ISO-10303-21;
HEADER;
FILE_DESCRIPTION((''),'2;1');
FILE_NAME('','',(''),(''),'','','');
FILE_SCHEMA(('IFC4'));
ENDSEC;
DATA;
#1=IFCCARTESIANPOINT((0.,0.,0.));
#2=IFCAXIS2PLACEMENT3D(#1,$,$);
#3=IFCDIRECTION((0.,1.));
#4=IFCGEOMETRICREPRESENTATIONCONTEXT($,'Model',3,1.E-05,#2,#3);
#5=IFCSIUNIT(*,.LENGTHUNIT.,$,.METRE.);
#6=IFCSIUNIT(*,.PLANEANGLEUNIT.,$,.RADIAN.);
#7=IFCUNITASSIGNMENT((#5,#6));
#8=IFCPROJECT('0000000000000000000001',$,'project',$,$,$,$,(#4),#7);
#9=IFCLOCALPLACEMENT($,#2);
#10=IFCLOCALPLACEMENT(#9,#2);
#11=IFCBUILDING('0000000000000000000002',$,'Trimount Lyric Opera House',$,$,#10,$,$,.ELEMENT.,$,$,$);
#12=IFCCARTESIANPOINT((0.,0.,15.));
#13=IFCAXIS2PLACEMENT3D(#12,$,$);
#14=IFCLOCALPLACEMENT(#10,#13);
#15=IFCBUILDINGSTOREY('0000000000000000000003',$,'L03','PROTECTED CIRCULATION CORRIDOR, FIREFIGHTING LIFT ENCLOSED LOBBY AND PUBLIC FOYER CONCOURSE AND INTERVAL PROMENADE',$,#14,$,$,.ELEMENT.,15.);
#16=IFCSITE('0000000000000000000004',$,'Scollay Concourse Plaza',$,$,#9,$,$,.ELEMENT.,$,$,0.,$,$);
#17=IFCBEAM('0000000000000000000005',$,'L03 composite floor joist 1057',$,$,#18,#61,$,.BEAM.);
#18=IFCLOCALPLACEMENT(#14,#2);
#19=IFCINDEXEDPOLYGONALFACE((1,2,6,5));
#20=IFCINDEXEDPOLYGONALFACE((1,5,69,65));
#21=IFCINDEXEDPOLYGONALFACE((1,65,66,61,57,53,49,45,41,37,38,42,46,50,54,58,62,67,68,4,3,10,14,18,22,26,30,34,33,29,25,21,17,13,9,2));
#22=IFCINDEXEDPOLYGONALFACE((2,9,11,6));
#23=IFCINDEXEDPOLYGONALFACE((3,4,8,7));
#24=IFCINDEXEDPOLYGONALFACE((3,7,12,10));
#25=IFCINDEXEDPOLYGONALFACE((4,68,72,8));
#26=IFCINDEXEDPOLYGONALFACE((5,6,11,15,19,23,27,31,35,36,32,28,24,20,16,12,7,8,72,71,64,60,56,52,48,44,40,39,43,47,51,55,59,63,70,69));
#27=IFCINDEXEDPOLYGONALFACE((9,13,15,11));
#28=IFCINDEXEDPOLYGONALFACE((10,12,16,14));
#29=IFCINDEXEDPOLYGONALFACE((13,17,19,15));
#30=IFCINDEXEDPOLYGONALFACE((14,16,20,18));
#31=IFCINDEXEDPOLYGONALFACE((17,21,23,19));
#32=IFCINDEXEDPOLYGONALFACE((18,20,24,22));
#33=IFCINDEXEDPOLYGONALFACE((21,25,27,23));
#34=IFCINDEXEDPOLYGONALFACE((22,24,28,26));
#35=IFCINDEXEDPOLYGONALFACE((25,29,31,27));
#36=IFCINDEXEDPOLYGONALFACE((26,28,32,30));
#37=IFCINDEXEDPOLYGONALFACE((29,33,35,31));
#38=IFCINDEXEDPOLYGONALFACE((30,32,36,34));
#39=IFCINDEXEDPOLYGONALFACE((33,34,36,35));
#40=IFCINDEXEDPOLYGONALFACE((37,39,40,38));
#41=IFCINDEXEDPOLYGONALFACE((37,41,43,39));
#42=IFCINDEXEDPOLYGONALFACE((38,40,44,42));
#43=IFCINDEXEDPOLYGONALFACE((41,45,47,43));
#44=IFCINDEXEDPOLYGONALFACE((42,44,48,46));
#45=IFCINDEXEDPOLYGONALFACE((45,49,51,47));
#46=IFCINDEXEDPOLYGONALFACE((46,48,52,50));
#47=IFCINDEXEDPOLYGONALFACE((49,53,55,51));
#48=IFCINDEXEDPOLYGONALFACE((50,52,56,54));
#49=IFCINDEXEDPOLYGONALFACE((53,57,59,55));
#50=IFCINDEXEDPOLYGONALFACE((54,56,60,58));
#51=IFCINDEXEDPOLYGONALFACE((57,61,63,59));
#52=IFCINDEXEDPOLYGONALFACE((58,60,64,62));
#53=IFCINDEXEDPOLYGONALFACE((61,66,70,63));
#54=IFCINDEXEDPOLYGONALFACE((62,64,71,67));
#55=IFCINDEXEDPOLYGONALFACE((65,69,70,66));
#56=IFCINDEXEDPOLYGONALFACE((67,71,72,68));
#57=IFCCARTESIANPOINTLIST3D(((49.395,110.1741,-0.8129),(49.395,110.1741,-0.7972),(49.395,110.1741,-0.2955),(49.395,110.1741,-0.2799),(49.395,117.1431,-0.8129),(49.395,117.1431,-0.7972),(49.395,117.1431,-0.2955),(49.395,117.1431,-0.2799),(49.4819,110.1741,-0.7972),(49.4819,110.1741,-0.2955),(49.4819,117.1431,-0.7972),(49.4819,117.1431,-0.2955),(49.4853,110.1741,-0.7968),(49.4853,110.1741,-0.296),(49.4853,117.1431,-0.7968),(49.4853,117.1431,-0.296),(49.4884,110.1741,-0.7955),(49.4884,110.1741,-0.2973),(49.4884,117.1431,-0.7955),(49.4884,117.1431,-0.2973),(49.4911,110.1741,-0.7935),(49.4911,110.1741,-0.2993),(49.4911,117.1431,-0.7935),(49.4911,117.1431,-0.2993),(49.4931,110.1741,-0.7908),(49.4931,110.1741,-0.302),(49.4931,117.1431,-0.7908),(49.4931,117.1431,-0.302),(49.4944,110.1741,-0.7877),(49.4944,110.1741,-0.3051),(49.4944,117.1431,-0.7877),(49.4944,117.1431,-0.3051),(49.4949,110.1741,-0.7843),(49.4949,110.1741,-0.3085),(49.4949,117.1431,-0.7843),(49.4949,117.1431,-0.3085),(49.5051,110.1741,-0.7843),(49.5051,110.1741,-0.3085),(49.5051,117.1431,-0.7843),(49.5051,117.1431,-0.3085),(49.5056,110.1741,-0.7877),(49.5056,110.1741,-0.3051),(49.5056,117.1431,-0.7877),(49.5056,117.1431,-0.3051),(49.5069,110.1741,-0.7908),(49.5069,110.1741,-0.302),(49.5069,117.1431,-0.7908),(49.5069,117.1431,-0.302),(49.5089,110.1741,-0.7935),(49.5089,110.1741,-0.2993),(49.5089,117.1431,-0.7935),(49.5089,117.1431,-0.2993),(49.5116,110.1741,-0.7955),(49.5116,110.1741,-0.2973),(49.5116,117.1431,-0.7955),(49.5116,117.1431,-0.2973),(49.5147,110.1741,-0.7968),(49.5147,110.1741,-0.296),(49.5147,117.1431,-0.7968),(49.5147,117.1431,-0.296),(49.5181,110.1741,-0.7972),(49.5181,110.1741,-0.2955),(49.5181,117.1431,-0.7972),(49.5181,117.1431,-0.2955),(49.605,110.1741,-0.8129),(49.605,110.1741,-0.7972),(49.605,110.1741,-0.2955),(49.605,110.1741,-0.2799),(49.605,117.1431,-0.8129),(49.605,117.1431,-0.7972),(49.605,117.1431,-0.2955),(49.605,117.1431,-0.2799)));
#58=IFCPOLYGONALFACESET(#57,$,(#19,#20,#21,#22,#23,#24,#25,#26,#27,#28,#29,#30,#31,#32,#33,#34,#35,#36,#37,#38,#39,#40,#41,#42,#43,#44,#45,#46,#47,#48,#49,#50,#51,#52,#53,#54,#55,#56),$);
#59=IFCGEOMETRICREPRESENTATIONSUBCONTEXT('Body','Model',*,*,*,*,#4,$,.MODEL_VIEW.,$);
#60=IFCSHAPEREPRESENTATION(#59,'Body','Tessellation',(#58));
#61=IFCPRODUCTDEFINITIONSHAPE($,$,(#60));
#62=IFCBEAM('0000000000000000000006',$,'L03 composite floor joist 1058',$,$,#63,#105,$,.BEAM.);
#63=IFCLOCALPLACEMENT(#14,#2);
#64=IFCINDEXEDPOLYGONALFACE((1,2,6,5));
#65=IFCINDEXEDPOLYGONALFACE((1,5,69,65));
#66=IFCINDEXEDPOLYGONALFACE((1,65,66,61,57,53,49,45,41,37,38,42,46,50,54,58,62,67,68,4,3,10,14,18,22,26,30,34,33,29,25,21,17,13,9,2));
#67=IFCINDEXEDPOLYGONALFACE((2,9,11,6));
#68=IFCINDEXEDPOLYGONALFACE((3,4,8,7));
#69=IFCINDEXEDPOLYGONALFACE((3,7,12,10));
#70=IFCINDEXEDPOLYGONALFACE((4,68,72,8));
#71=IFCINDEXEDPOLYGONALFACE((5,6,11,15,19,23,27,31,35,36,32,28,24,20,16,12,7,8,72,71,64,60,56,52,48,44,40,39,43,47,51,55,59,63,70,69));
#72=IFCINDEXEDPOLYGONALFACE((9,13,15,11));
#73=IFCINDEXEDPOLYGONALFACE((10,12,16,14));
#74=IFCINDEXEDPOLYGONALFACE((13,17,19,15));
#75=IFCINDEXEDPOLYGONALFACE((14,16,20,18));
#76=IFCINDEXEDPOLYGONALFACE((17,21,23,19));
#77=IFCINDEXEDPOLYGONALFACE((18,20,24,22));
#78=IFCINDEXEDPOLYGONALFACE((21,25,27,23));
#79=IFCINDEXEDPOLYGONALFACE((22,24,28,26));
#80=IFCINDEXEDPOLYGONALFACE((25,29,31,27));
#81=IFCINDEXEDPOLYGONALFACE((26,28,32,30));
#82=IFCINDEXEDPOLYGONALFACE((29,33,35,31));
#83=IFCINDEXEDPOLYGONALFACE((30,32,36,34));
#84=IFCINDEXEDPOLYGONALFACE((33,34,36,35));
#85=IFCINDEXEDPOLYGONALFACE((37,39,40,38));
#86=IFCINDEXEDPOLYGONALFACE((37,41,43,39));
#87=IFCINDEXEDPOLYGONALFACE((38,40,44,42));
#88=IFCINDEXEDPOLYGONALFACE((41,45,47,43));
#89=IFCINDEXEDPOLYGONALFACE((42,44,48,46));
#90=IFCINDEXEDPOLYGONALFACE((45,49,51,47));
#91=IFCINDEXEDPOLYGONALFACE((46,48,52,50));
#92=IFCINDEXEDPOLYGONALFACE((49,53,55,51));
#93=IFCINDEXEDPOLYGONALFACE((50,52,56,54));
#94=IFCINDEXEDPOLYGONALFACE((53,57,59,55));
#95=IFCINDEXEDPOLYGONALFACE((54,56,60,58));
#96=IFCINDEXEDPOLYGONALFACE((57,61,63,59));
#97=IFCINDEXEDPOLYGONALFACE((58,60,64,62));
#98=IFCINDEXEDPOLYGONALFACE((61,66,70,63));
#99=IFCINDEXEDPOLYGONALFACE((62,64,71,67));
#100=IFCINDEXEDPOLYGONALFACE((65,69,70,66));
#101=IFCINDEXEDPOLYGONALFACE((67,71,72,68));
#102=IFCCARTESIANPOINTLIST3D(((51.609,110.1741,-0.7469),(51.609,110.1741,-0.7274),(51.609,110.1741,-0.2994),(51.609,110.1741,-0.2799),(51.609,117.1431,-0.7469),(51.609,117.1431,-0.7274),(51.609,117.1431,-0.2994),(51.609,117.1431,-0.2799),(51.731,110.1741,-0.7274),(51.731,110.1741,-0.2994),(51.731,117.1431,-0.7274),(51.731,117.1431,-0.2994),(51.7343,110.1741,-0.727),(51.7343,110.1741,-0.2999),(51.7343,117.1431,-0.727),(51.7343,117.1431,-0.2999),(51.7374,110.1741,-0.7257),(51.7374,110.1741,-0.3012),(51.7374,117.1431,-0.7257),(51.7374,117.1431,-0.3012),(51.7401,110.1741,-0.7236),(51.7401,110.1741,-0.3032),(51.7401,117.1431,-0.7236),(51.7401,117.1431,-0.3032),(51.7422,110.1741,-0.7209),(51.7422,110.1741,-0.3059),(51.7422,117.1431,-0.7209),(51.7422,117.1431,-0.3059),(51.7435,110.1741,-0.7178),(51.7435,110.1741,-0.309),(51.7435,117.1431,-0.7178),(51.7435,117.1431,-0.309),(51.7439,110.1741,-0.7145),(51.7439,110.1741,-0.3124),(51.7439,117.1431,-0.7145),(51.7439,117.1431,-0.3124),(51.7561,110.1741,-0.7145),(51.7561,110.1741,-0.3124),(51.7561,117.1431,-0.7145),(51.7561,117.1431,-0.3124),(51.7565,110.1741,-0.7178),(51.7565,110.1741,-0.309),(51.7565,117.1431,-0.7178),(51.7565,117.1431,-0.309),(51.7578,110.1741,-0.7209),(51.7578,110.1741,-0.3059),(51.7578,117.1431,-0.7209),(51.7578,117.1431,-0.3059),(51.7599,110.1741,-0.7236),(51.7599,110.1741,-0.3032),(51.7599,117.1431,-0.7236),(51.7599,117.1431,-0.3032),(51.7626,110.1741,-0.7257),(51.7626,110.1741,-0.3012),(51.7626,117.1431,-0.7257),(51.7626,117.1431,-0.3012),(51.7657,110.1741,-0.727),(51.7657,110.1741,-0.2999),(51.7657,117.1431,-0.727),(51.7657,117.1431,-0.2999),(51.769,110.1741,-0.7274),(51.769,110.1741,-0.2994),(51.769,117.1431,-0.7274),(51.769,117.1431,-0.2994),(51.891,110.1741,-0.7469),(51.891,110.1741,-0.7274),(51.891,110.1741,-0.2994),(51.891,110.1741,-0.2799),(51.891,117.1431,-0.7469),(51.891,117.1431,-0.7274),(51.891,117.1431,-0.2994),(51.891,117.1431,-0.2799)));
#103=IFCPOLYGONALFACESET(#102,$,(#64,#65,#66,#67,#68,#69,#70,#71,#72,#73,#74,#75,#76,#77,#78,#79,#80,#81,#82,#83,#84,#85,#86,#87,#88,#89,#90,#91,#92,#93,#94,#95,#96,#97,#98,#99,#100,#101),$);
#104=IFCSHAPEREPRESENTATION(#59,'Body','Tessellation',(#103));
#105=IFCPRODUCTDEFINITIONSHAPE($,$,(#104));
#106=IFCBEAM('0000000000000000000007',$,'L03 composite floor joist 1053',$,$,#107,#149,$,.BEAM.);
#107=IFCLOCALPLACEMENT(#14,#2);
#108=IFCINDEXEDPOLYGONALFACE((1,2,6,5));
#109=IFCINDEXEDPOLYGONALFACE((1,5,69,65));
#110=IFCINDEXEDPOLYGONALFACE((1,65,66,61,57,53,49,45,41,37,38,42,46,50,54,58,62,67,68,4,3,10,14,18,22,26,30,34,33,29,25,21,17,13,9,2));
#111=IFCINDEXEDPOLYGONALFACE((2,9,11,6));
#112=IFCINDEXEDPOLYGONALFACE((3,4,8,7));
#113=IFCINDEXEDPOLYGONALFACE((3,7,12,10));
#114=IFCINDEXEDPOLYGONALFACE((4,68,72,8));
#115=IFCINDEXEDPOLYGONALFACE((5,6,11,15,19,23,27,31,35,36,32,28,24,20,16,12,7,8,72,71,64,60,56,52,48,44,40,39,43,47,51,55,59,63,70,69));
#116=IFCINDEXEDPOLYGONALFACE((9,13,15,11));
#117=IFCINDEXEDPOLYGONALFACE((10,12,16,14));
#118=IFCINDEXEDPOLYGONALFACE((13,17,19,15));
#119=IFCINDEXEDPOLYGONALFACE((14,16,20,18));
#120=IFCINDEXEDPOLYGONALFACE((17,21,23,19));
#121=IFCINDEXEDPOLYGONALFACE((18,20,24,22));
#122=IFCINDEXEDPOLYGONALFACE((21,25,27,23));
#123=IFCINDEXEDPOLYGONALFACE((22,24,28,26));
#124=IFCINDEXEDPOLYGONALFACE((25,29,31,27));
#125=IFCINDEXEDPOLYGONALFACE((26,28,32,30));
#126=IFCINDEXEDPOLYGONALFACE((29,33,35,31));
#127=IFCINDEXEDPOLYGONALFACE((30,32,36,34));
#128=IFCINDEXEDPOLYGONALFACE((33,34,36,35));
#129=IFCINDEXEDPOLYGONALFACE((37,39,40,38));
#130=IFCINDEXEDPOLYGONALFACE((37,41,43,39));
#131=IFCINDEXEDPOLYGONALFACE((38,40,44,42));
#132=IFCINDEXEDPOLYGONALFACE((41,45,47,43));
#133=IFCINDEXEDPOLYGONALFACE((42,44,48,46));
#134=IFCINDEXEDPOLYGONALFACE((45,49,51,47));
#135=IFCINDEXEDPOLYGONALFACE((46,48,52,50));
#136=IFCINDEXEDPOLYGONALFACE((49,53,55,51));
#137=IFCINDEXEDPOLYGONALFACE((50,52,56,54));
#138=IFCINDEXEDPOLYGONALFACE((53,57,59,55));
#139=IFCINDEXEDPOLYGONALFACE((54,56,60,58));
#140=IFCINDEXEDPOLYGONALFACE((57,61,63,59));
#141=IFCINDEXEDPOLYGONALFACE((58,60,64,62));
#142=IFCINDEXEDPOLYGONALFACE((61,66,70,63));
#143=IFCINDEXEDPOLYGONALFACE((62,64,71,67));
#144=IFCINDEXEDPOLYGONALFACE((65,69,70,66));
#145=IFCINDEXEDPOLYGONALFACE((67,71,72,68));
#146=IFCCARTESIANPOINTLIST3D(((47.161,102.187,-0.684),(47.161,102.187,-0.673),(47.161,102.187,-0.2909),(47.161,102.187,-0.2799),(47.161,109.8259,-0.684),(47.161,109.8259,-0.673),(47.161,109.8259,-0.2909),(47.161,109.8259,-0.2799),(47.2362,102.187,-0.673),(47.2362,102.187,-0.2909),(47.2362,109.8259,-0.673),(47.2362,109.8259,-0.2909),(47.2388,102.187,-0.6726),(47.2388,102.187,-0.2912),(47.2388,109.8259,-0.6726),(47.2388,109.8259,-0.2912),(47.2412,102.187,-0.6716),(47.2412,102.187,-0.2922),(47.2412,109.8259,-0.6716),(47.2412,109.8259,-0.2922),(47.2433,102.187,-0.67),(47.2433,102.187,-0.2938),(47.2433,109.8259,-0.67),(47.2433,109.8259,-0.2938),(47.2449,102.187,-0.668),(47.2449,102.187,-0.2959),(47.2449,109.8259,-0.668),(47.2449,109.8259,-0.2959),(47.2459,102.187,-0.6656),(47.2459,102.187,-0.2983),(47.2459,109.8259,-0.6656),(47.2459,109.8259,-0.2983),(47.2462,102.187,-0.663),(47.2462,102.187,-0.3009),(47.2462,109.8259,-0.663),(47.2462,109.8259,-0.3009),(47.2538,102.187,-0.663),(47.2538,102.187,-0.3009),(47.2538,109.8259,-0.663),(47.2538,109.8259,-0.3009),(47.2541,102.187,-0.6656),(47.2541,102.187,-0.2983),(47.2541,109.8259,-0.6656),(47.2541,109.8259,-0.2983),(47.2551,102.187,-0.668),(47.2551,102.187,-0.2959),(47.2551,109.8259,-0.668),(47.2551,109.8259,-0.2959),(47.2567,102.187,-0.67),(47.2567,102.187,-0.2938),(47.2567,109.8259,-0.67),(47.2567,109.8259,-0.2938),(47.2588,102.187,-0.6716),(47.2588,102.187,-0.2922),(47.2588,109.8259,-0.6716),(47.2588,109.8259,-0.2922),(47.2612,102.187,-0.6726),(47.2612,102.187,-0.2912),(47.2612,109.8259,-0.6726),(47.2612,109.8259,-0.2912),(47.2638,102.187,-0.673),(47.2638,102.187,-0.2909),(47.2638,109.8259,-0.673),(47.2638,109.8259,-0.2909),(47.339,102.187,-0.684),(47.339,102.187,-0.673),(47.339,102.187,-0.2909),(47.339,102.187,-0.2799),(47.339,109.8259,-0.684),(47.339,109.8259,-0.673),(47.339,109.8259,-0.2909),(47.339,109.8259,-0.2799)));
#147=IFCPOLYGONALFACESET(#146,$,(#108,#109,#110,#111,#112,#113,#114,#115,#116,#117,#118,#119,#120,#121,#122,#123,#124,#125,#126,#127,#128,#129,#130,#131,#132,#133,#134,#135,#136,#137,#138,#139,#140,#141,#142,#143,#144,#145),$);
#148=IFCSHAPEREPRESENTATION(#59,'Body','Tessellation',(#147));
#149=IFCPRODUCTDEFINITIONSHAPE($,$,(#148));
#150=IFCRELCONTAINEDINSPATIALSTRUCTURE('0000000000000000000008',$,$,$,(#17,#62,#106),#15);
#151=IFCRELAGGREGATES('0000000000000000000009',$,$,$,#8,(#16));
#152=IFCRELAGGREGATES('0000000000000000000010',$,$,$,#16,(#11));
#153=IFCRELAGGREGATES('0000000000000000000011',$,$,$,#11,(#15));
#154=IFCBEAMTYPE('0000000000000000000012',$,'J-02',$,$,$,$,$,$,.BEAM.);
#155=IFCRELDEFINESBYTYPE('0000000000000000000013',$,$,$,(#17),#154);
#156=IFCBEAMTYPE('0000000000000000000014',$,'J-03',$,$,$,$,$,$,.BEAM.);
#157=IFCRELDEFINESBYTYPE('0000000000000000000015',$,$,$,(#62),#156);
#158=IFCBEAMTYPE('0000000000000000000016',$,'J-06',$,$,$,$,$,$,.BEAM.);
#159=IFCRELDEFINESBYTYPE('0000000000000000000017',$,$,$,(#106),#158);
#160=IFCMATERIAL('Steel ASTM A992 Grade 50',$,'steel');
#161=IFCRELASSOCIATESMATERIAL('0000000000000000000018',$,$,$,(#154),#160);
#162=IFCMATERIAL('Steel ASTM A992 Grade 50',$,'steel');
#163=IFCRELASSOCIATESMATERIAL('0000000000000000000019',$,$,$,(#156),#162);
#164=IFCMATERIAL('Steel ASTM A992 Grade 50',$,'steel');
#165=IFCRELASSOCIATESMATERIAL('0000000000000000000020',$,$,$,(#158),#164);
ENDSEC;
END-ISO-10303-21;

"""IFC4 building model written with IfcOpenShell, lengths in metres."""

from ifc_helpers import new_model, si_unit, direction, frame, origin, origin_2d, place, context, subcontext, project, spatial, i_section, extrude, material, material_profile, profile_set, type_object, element, save


model = new_model("IFC4")

# Units and contexts
model_context = context("Model", 3, precision=1e-05, world=origin(), true_north=direction((0.0, 1.0)))
body_context = subcontext(model_context, "Body", "Model", "MODEL_VIEW")
ifc_project = project(units=[si_unit("LENGTHUNIT", "METRE"), si_unit("PLANEANGLEUNIT", "RADIAN")], contexts=[model_context])

# Site, building, storey
site_placement = place(None, origin())
site = spatial("IfcSite", under=ifc_project, at=site_placement, Name="Scollay Concourse Plaza", CompositionType="ELEMENT", RefElevation=0.0)
building_placement = place(site_placement, origin())
building = spatial("IfcBuilding", under=site, at=building_placement, Name="Trimount Lyric Opera House", CompositionType="ELEMENT")
storey_placement = place(building_placement, frame((0.0, 0.0, 15.0)))
storey = spatial("IfcBuildingStorey", under=building, at=storey_placement, Name="L03", Description="PROTECTED CIRCULATION CORRIDOR, FIREFIGHTING LIFT ENCLOSED LOBBY AND PUBLIC FOYER CONCOURSE AND INTERVAL PROMENADE", CompositionType="ELEMENT", Elevation=15.0)

# Beams
ifc_material_1 = material(Name="Steel ASTM A992 Grade 50", Category="steel")
ifc_material_profile_1 = material_profile(ifc_material_1, i_section(OverallWidth=0.21, OverallDepth=0.533, WebThickness=0.0103, FlangeThickness=0.0156, FilletRadius=0.0129, at=origin_2d()), Name="W21X62")
ifc_profile_set_1 = profile_set([ifc_material_profile_1], Name="Steel ASTM A992 Grade 50")
beam_type_1 = type_object("IfcBeamType", Name="J-02", PredefinedType="BEAM", material=ifc_profile_set_1)
beam_1_placement = place(storey_placement, frame((49.5, 110.1741, -0.5464), z_axis=(0.0, 1.0, 0.0), x_axis=(-1.0, 0.0, 0.0)))
element("IfcBeam", 1, at=beam_1_placement, inside=storey, type_object=beam_type_1, Name="L03 composite floor joist 1057", PredefinedType="BEAM", context=body_context, shape_type="SweptSolid", body=[
    extrude(i_section(OverallWidth=0.21, OverallDepth=0.533, WebThickness=0.0103, FlangeThickness=0.0156, FilletRadius=0.0129, at=origin_2d()), origin(), (0.0, 0.0, 1.0), 6.969),
])
ifc_material_2 = material(Name="Steel ASTM A992 Grade 50", Category="steel")
ifc_material_profile_2 = material_profile(ifc_material_2, i_section(OverallWidth=0.282, OverallDepth=0.467, WebThickness=0.0122, FlangeThickness=0.0195, FilletRadius=0.0129, at=origin_2d()), Name="W18X86")
ifc_profile_set_2 = profile_set([ifc_material_profile_2], Name="Steel ASTM A992 Grade 50")
beam_type_2 = type_object("IfcBeamType", Name="J-03", PredefinedType="BEAM", material=ifc_profile_set_2)
beam_2_placement = place(storey_placement, frame((51.75, 110.1741, -0.5134), z_axis=(0.0, 1.0, 0.0), x_axis=(-1.0, 0.0, 0.0)))
element("IfcBeam", 2, at=beam_2_placement, inside=storey, type_object=beam_type_2, Name="L03 composite floor joist 1058", PredefinedType="BEAM", context=body_context, shape_type="SweptSolid", body=[
    extrude(i_section(OverallWidth=0.282, OverallDepth=0.467, WebThickness=0.0122, FlangeThickness=0.0195, FilletRadius=0.0129, at=origin_2d()), origin(), (0.0, 0.0, 1.0), 6.969),
])
ifc_material_3 = material(Name="Steel ASTM A992 Grade 50", Category="steel")
ifc_material_profile_3 = material_profile(ifc_material_3, i_section(OverallWidth=0.178, OverallDepth=0.4041, WebThickness=0.0076, FlangeThickness=0.011, FilletRadius=0.01, at=origin_2d()), Name="W16X36")
ifc_profile_set_3 = profile_set([ifc_material_profile_3], Name="Steel ASTM A992 Grade 50")
beam_type_3 = type_object("IfcBeamType", Name="J-06", PredefinedType="BEAM", material=ifc_profile_set_3)
beam_3_placement = place(storey_placement, frame((47.25, 102.187, -0.4819), z_axis=(0.0, 1.0, 0.0), x_axis=(-1.0, 0.0, 0.0)))
element("IfcBeam", 3, at=beam_3_placement, inside=storey, type_object=beam_type_3, Name="L03 composite floor joist 1053", PredefinedType="BEAM", context=body_context, shape_type="SweptSolid", body=[
    extrude(i_section(OverallWidth=0.178, OverallDepth=0.4041, WebThickness=0.0076, FlangeThickness=0.011, FilletRadius=0.01, at=origin_2d()), origin(), (0.0, 0.0, 1.0), 7.6389),
])

save(model, "model.ifc")
